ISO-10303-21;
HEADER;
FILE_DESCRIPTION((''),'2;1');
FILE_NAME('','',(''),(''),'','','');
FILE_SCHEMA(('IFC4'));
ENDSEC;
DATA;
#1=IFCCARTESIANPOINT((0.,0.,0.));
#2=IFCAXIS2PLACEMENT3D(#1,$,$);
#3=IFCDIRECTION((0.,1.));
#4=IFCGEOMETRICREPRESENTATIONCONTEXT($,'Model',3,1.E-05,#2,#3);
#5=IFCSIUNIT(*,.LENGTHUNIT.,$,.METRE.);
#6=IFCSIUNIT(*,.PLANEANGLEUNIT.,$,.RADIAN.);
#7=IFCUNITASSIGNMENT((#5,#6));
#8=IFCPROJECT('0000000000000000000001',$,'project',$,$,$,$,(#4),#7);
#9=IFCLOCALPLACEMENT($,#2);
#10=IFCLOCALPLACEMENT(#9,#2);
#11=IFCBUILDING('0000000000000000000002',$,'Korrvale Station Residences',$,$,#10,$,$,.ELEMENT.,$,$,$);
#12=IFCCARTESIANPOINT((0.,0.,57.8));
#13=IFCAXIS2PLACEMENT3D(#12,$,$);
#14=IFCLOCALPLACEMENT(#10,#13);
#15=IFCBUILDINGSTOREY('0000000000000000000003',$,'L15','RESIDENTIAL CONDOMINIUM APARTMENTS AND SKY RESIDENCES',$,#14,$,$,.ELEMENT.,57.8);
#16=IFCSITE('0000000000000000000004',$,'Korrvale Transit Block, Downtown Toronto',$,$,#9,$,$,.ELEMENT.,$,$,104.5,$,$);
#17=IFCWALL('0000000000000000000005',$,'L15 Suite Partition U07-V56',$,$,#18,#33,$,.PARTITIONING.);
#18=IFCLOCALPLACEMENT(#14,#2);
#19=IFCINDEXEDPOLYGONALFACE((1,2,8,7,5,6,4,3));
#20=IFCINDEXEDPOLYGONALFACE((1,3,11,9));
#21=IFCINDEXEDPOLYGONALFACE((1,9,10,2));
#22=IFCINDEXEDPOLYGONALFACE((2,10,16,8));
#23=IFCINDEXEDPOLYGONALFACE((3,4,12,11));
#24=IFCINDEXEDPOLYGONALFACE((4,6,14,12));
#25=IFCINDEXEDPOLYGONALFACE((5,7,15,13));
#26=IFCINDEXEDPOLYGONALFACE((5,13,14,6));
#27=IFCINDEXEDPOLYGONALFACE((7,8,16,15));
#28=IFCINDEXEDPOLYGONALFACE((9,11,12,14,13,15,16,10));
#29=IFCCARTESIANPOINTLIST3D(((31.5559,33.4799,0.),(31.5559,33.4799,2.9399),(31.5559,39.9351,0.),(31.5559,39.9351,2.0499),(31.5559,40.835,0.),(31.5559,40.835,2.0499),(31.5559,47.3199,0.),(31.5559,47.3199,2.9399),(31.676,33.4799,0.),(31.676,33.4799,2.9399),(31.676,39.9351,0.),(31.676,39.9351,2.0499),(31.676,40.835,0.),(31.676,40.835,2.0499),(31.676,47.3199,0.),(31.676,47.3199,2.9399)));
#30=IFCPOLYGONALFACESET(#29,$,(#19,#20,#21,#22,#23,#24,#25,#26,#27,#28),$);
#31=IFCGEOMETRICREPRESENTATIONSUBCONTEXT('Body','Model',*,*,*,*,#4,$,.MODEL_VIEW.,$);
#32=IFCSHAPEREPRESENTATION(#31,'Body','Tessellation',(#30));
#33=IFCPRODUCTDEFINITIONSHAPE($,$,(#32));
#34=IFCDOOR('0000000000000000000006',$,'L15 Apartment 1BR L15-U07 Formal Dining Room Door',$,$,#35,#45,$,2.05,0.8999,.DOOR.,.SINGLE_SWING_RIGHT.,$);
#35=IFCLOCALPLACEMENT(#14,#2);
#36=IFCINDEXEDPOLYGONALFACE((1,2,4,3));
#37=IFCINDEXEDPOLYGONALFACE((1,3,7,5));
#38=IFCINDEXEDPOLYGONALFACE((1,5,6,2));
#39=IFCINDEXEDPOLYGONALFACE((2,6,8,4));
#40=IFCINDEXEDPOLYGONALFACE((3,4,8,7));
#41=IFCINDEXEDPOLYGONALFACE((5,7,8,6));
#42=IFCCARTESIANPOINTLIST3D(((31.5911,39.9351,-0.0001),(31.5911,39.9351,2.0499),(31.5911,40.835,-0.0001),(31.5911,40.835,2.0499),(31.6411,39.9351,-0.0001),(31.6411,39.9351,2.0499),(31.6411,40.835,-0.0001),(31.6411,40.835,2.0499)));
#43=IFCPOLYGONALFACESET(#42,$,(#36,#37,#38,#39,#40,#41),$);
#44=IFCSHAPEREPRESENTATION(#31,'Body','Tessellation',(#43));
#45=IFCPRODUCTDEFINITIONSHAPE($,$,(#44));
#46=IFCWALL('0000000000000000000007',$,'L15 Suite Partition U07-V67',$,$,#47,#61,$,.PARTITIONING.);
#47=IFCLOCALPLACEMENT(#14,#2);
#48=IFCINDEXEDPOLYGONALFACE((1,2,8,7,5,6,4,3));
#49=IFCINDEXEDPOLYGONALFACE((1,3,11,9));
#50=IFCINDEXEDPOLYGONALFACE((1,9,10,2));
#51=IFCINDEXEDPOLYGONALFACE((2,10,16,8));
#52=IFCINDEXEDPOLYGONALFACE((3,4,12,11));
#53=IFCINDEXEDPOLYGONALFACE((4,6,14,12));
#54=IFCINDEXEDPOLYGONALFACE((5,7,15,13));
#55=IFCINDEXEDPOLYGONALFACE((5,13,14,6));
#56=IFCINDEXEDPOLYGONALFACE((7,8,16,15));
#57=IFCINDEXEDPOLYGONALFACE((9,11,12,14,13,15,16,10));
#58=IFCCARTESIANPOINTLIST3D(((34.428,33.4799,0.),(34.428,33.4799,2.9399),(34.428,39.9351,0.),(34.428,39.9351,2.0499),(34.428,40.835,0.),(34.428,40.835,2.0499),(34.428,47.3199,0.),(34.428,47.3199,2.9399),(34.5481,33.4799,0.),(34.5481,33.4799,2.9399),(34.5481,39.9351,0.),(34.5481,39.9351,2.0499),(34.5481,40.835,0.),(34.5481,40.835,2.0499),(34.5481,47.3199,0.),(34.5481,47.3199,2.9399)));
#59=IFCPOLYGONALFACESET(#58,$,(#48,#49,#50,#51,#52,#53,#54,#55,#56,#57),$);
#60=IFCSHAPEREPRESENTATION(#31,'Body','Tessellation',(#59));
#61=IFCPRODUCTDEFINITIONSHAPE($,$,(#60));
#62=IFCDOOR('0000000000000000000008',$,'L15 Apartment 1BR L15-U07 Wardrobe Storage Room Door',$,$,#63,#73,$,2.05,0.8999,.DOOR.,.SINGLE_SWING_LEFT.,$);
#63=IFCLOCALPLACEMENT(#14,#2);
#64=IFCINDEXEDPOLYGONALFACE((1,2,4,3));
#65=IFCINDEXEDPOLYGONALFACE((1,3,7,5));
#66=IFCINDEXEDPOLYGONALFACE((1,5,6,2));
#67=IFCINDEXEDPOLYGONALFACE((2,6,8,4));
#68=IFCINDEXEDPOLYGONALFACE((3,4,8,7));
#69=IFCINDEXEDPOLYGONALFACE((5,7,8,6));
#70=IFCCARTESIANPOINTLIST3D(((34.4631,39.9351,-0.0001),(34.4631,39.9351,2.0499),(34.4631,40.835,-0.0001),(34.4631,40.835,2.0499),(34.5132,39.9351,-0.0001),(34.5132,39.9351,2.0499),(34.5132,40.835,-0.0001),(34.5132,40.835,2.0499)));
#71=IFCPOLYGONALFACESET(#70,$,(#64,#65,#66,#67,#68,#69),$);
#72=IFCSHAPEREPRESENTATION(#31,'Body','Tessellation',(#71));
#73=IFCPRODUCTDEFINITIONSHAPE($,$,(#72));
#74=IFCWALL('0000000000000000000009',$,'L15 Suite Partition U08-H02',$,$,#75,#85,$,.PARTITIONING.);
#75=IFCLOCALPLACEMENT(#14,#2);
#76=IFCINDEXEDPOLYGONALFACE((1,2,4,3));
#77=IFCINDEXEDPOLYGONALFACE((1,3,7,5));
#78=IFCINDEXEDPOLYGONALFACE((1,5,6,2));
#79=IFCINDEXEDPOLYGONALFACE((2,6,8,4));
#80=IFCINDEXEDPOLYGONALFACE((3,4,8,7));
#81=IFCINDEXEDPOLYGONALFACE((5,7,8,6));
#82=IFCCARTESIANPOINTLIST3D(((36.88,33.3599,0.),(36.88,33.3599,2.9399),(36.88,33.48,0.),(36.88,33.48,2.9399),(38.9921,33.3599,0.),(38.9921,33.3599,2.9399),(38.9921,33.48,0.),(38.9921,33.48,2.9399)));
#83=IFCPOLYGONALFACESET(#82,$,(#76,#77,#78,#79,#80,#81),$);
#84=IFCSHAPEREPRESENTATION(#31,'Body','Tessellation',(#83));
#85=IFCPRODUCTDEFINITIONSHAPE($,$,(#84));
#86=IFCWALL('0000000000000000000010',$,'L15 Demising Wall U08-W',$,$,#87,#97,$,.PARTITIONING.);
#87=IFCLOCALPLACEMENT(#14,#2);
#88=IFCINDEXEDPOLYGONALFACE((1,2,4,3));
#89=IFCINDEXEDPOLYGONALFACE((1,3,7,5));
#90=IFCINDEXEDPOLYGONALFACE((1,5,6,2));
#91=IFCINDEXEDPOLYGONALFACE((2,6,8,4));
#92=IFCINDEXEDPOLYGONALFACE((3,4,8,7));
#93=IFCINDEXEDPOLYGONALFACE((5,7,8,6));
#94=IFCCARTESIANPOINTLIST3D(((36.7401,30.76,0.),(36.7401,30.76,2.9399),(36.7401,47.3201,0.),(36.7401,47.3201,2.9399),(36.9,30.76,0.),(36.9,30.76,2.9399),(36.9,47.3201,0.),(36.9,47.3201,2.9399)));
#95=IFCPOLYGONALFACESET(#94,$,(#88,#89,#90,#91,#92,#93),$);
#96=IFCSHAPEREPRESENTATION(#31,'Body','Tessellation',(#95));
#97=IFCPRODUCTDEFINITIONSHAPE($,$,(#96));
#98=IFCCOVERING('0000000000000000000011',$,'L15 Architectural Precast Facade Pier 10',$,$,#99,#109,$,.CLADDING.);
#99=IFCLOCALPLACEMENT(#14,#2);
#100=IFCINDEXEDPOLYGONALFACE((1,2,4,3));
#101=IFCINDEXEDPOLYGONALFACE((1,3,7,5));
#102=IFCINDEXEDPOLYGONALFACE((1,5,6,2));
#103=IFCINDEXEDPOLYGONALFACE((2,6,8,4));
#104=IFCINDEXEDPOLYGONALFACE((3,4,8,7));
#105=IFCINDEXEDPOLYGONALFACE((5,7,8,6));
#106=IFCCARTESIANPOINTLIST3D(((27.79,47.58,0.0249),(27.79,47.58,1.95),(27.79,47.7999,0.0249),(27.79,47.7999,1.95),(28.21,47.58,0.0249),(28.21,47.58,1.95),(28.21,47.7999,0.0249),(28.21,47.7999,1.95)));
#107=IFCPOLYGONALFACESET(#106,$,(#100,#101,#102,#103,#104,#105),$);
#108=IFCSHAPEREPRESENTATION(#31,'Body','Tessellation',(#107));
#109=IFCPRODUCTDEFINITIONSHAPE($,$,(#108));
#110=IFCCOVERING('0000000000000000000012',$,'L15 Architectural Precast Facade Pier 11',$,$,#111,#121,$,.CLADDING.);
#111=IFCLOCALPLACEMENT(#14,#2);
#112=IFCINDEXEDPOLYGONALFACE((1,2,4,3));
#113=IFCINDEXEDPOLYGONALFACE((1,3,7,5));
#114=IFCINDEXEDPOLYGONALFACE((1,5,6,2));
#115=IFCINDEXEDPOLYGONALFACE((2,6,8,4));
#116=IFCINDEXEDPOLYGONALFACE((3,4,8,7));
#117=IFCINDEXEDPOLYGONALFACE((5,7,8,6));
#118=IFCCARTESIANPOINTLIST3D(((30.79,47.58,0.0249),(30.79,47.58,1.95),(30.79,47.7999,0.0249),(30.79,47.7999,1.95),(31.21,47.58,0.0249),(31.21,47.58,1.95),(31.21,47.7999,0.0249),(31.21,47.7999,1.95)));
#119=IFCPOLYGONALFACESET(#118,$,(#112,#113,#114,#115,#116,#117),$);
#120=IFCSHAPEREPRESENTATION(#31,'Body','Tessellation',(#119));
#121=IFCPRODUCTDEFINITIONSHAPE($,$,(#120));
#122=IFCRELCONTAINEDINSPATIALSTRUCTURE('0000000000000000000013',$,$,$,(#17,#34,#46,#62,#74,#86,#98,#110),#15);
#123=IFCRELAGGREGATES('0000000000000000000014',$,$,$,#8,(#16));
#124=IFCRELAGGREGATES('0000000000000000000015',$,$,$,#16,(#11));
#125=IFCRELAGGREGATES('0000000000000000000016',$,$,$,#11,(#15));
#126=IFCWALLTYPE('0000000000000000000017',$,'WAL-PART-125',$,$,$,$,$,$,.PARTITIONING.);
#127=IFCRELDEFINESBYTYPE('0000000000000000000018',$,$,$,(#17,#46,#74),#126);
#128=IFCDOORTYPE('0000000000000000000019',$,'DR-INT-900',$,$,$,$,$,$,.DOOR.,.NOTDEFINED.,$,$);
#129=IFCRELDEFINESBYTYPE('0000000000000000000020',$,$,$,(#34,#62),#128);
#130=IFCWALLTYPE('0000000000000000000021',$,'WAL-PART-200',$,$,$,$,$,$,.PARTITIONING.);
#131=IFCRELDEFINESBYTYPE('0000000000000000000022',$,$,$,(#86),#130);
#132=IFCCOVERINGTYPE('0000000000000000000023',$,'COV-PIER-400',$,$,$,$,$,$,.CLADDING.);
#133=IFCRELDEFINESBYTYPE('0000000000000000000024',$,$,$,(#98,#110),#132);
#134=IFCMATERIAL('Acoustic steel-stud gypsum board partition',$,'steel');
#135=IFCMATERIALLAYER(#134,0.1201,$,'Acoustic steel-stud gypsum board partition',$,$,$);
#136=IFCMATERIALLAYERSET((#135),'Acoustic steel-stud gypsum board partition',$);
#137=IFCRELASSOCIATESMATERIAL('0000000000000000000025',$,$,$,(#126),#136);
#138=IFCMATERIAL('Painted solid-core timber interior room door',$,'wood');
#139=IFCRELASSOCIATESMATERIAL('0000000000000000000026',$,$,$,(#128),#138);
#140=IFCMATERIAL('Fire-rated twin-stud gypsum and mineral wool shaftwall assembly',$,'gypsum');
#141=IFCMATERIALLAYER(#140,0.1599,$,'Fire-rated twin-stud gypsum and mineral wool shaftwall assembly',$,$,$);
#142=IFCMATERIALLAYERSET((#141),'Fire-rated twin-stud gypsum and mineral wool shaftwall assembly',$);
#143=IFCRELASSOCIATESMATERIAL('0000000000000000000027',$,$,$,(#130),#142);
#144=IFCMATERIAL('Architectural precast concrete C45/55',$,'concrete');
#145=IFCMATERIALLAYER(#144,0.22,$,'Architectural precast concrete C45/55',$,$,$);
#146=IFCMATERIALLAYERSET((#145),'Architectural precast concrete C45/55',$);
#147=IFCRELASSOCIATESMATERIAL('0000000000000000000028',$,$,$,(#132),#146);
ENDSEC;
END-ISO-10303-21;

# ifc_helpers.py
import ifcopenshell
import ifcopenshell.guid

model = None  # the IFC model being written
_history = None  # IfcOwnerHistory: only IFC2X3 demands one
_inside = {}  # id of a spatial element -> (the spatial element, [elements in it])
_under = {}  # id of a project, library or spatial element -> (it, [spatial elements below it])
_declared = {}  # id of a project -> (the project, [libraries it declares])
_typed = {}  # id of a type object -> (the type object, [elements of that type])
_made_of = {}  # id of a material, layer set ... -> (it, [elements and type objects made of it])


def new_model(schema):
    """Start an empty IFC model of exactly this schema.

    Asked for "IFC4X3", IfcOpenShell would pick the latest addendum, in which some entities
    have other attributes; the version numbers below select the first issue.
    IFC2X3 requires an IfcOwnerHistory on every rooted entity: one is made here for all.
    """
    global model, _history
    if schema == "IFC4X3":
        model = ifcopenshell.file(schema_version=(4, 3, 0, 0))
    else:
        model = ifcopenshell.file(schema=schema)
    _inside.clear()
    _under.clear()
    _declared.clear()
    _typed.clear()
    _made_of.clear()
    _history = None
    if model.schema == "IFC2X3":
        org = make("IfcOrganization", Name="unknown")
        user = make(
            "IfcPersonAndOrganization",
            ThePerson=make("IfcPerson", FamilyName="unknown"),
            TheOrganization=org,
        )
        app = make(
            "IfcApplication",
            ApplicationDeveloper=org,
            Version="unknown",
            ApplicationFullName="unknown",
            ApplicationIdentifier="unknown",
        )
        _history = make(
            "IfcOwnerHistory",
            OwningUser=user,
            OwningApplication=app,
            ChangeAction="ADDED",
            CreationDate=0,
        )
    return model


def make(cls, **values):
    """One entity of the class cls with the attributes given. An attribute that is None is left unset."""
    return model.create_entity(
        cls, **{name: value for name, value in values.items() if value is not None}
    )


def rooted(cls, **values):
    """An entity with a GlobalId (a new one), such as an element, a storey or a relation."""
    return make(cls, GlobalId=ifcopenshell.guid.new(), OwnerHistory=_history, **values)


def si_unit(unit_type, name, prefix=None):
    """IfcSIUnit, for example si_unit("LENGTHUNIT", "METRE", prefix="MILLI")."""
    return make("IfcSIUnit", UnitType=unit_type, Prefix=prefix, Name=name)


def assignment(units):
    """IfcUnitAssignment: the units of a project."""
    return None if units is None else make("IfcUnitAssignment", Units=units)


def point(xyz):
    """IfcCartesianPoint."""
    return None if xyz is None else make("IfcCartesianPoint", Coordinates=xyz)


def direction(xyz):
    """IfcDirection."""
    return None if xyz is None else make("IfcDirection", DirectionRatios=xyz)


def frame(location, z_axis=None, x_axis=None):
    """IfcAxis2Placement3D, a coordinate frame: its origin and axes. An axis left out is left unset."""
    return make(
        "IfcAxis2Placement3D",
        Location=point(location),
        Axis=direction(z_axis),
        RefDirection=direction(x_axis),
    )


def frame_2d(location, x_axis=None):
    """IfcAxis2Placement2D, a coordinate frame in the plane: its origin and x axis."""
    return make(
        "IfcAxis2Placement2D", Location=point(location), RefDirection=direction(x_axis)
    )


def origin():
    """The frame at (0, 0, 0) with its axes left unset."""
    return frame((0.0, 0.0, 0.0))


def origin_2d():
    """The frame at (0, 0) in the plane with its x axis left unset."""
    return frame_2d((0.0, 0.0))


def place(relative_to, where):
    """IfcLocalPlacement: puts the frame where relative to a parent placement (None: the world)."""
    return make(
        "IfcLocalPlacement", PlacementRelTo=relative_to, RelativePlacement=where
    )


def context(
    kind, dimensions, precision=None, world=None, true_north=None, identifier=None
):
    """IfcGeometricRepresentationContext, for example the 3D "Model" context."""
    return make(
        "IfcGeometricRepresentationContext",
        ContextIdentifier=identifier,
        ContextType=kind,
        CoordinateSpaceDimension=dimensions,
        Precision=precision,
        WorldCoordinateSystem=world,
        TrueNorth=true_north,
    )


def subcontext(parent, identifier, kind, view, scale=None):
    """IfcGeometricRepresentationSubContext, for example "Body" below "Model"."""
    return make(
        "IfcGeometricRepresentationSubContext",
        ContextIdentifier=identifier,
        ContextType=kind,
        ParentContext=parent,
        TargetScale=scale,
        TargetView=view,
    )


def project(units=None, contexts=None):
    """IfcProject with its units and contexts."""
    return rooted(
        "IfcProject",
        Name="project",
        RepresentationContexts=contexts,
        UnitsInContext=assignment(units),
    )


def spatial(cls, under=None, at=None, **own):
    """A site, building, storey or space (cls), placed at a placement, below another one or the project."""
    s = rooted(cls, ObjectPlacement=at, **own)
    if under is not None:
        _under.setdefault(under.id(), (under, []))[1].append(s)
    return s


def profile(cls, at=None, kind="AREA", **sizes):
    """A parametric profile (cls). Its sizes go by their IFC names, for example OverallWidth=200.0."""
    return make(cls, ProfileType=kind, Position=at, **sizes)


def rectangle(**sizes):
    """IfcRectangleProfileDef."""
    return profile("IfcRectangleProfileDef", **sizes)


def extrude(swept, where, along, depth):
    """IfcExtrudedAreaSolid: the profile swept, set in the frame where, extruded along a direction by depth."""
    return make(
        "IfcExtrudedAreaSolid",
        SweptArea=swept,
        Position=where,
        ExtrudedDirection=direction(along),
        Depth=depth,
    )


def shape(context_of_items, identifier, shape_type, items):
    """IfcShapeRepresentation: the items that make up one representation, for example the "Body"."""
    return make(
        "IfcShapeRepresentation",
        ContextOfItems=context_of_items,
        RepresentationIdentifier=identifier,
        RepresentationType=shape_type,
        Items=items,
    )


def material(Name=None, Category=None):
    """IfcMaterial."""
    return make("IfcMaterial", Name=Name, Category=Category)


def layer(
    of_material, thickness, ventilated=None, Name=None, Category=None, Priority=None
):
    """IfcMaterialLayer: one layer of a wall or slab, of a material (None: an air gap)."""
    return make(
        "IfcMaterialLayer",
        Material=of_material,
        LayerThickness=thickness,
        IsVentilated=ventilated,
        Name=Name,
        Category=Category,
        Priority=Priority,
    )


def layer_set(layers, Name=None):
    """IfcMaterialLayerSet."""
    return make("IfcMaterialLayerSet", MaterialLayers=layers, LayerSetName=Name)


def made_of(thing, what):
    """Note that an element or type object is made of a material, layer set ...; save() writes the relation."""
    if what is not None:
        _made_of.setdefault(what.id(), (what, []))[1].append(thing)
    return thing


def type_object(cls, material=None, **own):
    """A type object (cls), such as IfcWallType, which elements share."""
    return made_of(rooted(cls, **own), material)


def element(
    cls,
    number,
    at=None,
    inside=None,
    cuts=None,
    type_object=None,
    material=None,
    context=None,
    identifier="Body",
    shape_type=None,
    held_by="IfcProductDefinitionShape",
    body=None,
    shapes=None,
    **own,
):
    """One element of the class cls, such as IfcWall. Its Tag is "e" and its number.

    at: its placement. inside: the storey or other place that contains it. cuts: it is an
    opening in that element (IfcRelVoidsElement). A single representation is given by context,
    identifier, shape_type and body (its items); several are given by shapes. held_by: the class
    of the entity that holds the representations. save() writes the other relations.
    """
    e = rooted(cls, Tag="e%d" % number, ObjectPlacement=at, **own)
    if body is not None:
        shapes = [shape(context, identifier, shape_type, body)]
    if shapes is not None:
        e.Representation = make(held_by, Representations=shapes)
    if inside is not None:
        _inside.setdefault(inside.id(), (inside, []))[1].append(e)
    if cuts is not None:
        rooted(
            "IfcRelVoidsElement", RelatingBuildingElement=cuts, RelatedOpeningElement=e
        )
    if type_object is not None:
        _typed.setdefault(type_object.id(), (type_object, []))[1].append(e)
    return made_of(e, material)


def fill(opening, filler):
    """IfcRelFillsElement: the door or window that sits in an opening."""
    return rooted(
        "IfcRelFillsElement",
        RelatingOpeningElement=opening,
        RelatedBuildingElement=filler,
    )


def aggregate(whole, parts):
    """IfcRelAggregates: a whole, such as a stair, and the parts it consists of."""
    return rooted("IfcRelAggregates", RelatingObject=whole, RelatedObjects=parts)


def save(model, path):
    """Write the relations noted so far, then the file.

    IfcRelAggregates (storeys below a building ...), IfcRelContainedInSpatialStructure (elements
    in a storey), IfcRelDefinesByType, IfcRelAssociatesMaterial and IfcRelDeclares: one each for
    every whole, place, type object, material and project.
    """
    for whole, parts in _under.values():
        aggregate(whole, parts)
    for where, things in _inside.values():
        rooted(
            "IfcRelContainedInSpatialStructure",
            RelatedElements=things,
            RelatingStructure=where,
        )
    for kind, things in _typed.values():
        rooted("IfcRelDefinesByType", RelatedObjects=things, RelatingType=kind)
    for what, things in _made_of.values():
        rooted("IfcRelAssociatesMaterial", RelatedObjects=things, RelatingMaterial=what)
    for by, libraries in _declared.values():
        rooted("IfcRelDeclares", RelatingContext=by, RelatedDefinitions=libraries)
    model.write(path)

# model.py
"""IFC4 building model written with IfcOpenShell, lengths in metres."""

from ifc_helpers import new_model, si_unit, direction, frame, frame_2d, origin, origin_2d, place, context, subcontext, project, spatial, rectangle, extrude, material, layer, layer_set, type_object, element, fill, save


model = new_model("IFC4")

# Units and contexts
model_context = context("Model", 3, precision=1e-05, world=origin(), true_north=direction((0.0, 1.0)))
body_context = subcontext(model_context, "Body", "Model", "MODEL_VIEW")
ifc_project = project(units=[si_unit("LENGTHUNIT", "METRE"), si_unit("PLANEANGLEUNIT", "RADIAN")], contexts=[model_context])

# Site, building, storey
site_placement = place(None, origin())
site = spatial("IfcSite", under=ifc_project, at=site_placement, Name="Korrvale Transit Block, Downtown Toronto", CompositionType="ELEMENT", RefElevation=104.5)
building_placement = place(site_placement, origin())
building = spatial("IfcBuilding", under=site, at=building_placement, Name="Korrvale Station Residences", CompositionType="ELEMENT")
storey_placement = place(building_placement, frame((0.0, 0.0, 57.8)))
storey = spatial("IfcBuildingStorey", under=building, at=storey_placement, Name="L15", Description="RESIDENTIAL CONDOMINIUM APARTMENTS AND SKY RESIDENCES", CompositionType="ELEMENT", Elevation=57.8)

# Walls, openings, doors
ifc_material_1 = material(Name="Acoustic steel-stud gypsum board partition", Category="steel")
ifc_layer_1 = layer(ifc_material_1, 0.1201, Name="Acoustic steel-stud gypsum board partition")
ifc_layer_set_1 = layer_set([ifc_layer_1], Name="Acoustic steel-stud gypsum board partition")
wall_type_1 = type_object("IfcWallType", Name="WAL-PART-125", PredefinedType="PARTITIONING", material=ifc_layer_set_1)
ifc_material_2 = material(Name="Painted solid-core timber interior room door", Category="wood")
door_type_1 = type_object("IfcDoorType", Name="DR-INT-900", OperationType="NOTDEFINED", PredefinedType="DOOR", material=ifc_material_2)
wall_1_placement = place(storey_placement, frame((31.616, 33.48, 0.0), z_axis=(0.0, 0.0, 1.0), x_axis=(0.0, 1.0, 0.0)))
wall_1 = element("IfcWall", 1, at=wall_1_placement, inside=storey, type_object=wall_type_1, Name="L15 Suite Partition U07-V56", PredefinedType="PARTITIONING", context=body_context, shape_type="SweptSolid", body=[
    extrude(rectangle(XDim=13.8401, YDim=0.1201, at=frame_2d((6.9199, 0.0))), origin(), (0.0, 0.0, 1.0), 2.9399),
])
opening_1_placement = place(wall_1_placement, frame((6.4551, 0.0, 0.0)))
opening_1 = element("IfcOpeningElement", 2, at=opening_1_placement, cuts=wall_1, PredefinedType="OPENING", context=body_context, shape_type="SweptSolid", body=[
    extrude(rectangle(XDim=0.8999, YDim=2.05, at=frame_2d((0.45, 1.0249))), frame((0.0, 0.0701, 0.0), z_axis=(0.0, -1.0, 0.0), x_axis=(1.0, 0.0, 0.0)), (0.0, 0.0, 1.0), 0.1401),
])
door_1_placement = place(opening_1_placement, origin())
door_1 = element("IfcDoor", 3, at=door_1_placement, inside=storey, type_object=door_type_1, Name="L15 Apartment 1BR L15-U07 Formal Dining Room Door", OperationType="SINGLE_SWING_RIGHT", OverallHeight=2.05, OverallWidth=0.8999, PredefinedType="DOOR", context=body_context, shape_type="SweptSolid", body=[
    extrude(rectangle(XDim=0.8999, YDim=2.05, at=frame_2d((0.45, 1.0249))), frame((0.0, 0.0249, 0.0), z_axis=(0.0, -1.0, 0.0), x_axis=(1.0, 0.0, 0.0)), (0.0, 0.0, 1.0), 0.05),
])
fill(opening_1, door_1)
wall_2_placement = place(storey_placement, frame((34.488, 33.48, 0.0), z_axis=(0.0, 0.0, 1.0), x_axis=(0.0, 1.0, 0.0)))
wall_2 = element("IfcWall", 4, at=wall_2_placement, inside=storey, type_object=wall_type_1, Name="L15 Suite Partition U07-V67", PredefinedType="PARTITIONING", context=body_context, shape_type="SweptSolid", body=[
    extrude(rectangle(XDim=13.8401, YDim=0.1201, at=frame_2d((6.9199, 0.0))), origin(), (0.0, 0.0, 1.0), 2.9399),
])
opening_2_placement = place(wall_2_placement, frame((6.4551, 0.0, 0.0)))
opening_2 = element("IfcOpeningElement", 5, at=opening_2_placement, cuts=wall_2, PredefinedType="OPENING", context=body_context, shape_type="SweptSolid", body=[
    extrude(rectangle(XDim=0.8999, YDim=2.05, at=frame_2d((0.45, 1.0249))), frame((0.0, 0.0701, 0.0), z_axis=(0.0, -1.0, 0.0), x_axis=(1.0, 0.0, 0.0)), (0.0, 0.0, 1.0), 0.1401),
])
door_2_placement = place(opening_2_placement, origin())
door_2 = element("IfcDoor", 6, at=door_2_placement, inside=storey, type_object=door_type_1, Name="L15 Apartment 1BR L15-U07 Wardrobe Storage Room Door", OperationType="SINGLE_SWING_LEFT", OverallHeight=2.05, OverallWidth=0.8999, PredefinedType="DOOR", context=body_context, shape_type="SweptSolid", body=[
    extrude(rectangle(XDim=0.8999, YDim=2.05, at=frame_2d((0.45, 1.0249))), frame((0.0, 0.0249, 0.0), z_axis=(0.0, -1.0, 0.0), x_axis=(1.0, 0.0, 0.0)), (0.0, 0.0, 1.0), 0.05),
])
fill(opening_2, door_2)

# Walls
wall_3_placement = place(storey_placement, frame((36.8799, 33.4199, 0.0), z_axis=(0.0, 0.0, 1.0), x_axis=(1.0, 0.0, 0.0)))
element("IfcWall", 7, at=wall_3_placement, inside=storey, type_object=wall_type_1, Name="L15 Suite Partition U08-H02", PredefinedType="PARTITIONING", context=body_context, shape_type="SweptSolid", body=[
    extrude(rectangle(XDim=2.1121, YDim=0.1201, at=frame_2d((1.0562, 0.0))), origin(), (0.0, 0.0, 1.0), 2.9399),
])
ifc_material_3 = material(Name="Fire-rated twin-stud gypsum and mineral wool shaftwall assembly", Category="gypsum")
ifc_layer_2 = layer(ifc_material_3, 0.1599, Name="Fire-rated twin-stud gypsum and mineral wool shaftwall assembly")
ifc_layer_set_2 = layer_set([ifc_layer_2], Name="Fire-rated twin-stud gypsum and mineral wool shaftwall assembly")
wall_type_2 = type_object("IfcWallType", Name="WAL-PART-200", PredefinedType="PARTITIONING", material=ifc_layer_set_2)
wall_4_placement = place(storey_placement, frame((36.8201, 30.76, 0.0), z_axis=(0.0, 0.0, 1.0), x_axis=(0.0, 1.0, 0.0)))
element("IfcWall", 8, at=wall_4_placement, inside=storey, type_object=wall_type_2, Name="L15 Demising Wall U08-W", PredefinedType="PARTITIONING", context=body_context, shape_type="SweptSolid", body=[
    extrude(rectangle(XDim=16.5601, YDim=0.1599, at=frame_2d((8.28, 0.0))), origin(), (0.0, 0.0, 1.0), 2.9399),
])

# Coverings
ifc_material_4 = material(Name="Architectural precast concrete C45/55", Category="concrete")
ifc_layer_3 = layer(ifc_material_4, 0.22, Name="Architectural precast concrete C45/55")
ifc_layer_set_3 = layer_set([ifc_layer_3], Name="Architectural precast concrete C45/55")
covering_type = type_object("IfcCoveringType", Name="COV-PIER-400", PredefinedType="CLADDING", material=ifc_layer_set_3)
for number, where, z_axis, x_axis, name in (
    (9, (28.0, 47.6899, 0.0249), (0.0, 0.0, 1.0), (1.0, 0.0, 0.0), "L15 Architectural Precast Facade Pier 10"),
    (10, (31.0, 47.6899, 0.0249), (0.0, 0.0, 1.0), (1.0, 0.0, 0.0), "L15 Architectural Precast Facade Pier 11"),
):
    element("IfcCovering", number, at=place(storey_placement, frame(where, z_axis=z_axis, x_axis=x_axis)), inside=storey, type_object=covering_type, Name=name, PredefinedType="CLADDING", context=body_context, shape_type="SweptSolid", body=[
        extrude(rectangle(XDim=0.4199, YDim=0.22, at=origin_2d()), origin(), (0.0, 0.0, 1.0), 1.925),
    ])

save(model, "model.ifc")
